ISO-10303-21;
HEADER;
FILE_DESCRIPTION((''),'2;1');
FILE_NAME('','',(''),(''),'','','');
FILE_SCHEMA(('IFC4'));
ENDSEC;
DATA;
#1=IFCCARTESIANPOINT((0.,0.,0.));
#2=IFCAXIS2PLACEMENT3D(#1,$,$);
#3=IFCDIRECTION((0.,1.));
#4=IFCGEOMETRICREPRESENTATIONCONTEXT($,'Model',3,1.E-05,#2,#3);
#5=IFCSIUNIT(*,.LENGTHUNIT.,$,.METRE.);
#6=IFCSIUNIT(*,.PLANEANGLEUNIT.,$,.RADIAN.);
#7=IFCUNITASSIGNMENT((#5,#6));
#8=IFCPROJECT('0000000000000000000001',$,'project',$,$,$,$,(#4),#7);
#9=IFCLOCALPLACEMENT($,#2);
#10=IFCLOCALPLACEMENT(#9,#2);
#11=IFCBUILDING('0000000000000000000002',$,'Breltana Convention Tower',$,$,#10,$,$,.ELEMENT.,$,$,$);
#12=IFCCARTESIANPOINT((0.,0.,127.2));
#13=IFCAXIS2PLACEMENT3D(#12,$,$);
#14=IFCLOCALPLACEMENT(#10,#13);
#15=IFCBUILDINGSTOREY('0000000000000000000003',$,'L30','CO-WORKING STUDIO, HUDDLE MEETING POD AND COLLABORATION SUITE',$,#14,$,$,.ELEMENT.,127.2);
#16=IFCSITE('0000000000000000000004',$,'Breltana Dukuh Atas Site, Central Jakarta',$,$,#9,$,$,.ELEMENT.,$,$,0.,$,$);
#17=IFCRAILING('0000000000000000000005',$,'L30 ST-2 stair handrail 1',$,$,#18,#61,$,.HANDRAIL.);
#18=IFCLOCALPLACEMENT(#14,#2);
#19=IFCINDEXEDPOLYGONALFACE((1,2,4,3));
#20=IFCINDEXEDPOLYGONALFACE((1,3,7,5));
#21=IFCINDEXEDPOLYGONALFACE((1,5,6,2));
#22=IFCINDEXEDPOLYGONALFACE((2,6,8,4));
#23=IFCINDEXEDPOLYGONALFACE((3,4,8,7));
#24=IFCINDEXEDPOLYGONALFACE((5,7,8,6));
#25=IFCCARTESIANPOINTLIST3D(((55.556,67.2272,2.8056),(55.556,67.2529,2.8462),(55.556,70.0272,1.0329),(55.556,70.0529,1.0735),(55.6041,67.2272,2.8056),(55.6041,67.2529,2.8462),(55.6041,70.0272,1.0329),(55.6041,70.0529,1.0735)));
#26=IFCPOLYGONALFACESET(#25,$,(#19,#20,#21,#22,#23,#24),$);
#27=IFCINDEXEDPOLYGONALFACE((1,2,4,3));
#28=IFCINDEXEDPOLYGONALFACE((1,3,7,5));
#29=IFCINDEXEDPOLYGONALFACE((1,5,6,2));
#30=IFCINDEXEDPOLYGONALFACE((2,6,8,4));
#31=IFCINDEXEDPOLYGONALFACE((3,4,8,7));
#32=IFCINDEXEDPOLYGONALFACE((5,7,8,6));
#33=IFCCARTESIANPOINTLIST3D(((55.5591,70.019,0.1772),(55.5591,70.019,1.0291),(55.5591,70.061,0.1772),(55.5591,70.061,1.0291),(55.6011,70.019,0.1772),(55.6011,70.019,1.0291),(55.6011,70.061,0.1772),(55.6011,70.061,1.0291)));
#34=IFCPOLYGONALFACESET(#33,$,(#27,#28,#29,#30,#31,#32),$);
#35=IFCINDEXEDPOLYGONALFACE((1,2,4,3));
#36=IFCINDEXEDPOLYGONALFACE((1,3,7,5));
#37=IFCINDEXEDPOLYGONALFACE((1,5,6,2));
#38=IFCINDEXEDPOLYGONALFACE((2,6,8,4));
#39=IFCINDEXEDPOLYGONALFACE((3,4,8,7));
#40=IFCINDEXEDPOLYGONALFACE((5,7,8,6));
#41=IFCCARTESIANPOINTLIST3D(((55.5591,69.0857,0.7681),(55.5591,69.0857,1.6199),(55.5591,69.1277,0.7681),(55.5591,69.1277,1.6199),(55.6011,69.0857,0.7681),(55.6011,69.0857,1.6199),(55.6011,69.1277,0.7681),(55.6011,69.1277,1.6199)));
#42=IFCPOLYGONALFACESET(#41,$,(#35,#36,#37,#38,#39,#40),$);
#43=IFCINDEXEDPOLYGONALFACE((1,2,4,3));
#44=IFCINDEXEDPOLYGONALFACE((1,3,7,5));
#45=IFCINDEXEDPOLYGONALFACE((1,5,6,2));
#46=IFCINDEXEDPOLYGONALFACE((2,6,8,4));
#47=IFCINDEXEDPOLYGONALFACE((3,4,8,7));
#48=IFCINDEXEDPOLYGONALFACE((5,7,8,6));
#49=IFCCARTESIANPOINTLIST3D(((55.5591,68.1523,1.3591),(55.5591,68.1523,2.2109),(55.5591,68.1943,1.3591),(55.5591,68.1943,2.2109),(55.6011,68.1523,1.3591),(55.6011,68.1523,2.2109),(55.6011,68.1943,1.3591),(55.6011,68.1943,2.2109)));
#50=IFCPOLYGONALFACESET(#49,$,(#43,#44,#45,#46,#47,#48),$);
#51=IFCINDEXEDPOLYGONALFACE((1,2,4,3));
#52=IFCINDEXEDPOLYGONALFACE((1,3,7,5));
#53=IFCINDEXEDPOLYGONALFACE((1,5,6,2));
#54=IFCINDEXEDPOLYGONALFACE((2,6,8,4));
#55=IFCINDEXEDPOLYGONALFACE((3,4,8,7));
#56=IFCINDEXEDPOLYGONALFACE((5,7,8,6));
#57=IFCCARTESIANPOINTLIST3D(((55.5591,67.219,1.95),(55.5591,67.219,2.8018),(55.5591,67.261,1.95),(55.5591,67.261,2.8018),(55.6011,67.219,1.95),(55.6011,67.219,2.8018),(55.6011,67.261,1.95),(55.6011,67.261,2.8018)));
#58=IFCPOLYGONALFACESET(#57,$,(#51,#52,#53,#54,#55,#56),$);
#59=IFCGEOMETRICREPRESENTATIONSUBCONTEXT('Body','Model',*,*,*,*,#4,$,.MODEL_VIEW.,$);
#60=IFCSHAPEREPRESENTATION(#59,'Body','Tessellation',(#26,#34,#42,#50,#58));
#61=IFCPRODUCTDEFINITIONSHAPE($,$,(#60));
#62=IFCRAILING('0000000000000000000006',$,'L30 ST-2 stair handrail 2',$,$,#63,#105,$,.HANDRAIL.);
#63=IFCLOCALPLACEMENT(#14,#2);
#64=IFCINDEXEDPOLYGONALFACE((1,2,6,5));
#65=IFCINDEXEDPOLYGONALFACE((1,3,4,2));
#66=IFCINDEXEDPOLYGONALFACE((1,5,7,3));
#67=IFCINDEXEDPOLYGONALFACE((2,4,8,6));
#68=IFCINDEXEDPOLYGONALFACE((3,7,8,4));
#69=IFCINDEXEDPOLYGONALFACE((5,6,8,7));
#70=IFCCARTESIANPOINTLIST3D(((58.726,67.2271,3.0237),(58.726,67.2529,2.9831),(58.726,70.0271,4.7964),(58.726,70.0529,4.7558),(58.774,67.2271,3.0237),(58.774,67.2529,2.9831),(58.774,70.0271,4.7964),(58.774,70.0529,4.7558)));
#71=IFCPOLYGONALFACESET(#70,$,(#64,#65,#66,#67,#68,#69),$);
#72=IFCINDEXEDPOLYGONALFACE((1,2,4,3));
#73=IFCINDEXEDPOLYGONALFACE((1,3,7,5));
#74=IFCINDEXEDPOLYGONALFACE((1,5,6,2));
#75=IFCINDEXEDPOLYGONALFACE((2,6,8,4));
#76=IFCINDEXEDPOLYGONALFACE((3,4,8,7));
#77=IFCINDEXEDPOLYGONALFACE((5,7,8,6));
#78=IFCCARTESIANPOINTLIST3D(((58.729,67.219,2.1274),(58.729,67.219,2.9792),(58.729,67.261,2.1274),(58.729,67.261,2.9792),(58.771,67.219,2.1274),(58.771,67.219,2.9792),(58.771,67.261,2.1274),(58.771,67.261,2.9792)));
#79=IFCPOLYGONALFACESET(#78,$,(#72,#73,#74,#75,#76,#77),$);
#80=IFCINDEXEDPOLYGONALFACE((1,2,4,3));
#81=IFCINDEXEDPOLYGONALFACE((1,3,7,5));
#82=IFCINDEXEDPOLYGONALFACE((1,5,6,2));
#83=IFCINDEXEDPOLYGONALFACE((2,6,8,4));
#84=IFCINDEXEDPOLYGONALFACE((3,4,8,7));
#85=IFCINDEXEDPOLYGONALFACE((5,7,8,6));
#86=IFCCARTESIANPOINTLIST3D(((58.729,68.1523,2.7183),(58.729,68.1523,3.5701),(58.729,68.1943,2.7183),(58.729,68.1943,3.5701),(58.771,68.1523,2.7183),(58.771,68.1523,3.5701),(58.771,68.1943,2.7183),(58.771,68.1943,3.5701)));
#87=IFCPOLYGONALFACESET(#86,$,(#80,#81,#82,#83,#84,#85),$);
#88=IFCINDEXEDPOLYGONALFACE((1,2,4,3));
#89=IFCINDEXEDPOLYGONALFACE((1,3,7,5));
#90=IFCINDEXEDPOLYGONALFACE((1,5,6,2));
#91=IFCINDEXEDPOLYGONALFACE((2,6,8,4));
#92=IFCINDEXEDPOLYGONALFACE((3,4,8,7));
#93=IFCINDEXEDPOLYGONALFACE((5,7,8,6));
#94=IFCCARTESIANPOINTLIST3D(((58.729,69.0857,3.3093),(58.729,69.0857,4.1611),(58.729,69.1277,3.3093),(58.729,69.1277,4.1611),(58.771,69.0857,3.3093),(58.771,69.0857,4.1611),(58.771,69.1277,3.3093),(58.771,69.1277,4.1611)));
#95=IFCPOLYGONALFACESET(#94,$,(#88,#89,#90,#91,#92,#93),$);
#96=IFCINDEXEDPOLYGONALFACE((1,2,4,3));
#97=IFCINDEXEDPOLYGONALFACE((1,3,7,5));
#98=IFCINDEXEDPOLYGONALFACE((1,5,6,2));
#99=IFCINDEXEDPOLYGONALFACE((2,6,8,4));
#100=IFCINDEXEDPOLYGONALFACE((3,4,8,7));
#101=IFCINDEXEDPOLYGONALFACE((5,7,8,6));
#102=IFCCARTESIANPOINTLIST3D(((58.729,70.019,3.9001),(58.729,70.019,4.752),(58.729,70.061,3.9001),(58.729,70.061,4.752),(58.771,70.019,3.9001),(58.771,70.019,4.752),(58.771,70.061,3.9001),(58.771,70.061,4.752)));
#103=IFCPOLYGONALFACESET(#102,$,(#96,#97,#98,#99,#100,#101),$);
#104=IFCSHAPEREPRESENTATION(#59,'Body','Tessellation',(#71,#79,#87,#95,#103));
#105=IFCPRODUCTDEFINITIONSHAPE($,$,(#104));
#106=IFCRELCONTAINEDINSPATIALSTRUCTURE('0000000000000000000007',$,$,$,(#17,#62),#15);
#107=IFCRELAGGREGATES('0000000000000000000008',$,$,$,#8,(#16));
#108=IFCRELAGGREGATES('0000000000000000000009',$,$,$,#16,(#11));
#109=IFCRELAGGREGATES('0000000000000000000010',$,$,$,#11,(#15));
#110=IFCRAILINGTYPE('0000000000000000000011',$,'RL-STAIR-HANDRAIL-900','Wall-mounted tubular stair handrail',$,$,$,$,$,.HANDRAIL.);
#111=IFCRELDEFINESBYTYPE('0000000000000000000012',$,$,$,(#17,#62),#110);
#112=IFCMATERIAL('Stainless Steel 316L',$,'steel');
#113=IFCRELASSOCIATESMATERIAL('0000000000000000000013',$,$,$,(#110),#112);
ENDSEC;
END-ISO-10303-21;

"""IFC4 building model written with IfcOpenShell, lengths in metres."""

from ifc_helpers import new_model, si_unit, direction, frame, origin, origin_2d, place, context, subcontext, project, spatial, rectangle, extrude, material, type_object, element, save


model = new_model("IFC4")

# Units and contexts
model_context = context("Model", 3, precision=1e-05, world=origin(), true_north=direction((0.0, 1.0)))
body_context = subcontext(model_context, "Body", "Model", "MODEL_VIEW")
ifc_project = project(units=[si_unit("LENGTHUNIT", "METRE"), si_unit("PLANEANGLEUNIT", "RADIAN")], contexts=[model_context])

# Site, building, storey
site_placement = place(None, origin())
site = spatial("IfcSite", under=ifc_project, at=site_placement, Name="Breltana Dukuh Atas Site, Central Jakarta", CompositionType="ELEMENT", RefElevation=0.0)
building_placement = place(site_placement, origin())
building = spatial("IfcBuilding", under=site, at=building_placement, Name="Breltana Convention Tower", CompositionType="ELEMENT")
storey_placement = place(building_placement, frame((0.0, 0.0, 127.2)))
storey = spatial("IfcBuildingStorey", under=building, at=storey_placement, Name="L30", Description="CO-WORKING STUDIO, HUDDLE MEETING POD AND COLLABORATION SUITE", CompositionType="ELEMENT", Elevation=127.2)

# Railings
ifc_material_1 = material(Name="Stainless Steel 316L", Category="steel")
railing_type_1 = type_object("IfcRailingType", Name="RL-STAIR-HANDRAIL-900", Description="Wall-mounted tubular stair handrail", PredefinedType="HANDRAIL", material=ifc_material_1)
railing_1_placement = place(storey_placement, frame((55.5801, 70.04, 0.1772)))
element("IfcRailing", 1, at=railing_1_placement, inside=storey, type_object=railing_type_1, Name="L30 ST-2 stair handrail 1", PredefinedType="HANDRAIL", context=body_context, shape_type="SweptSolid", body=[
    extrude(rectangle(XDim=0.0481, YDim=0.0481, at=origin_2d()), frame((0.0, 0.0, 0.876), z_axis=(0.0, -0.844909, 0.53491), x_axis=(1.0, 0.0, 0.0)), (0.0, 0.0, 1.0), 3.314),
    extrude(rectangle(XDim=0.042, YDim=0.042, at=origin_2d()), origin(), (0.0, 0.0, 1.0), 0.8518),
    extrude(rectangle(XDim=0.042, YDim=0.042, at=origin_2d()), frame((0.0, -0.9333, 0.5908)), (0.0, 0.0, 1.0), 0.8518),
    extrude(rectangle(XDim=0.042, YDim=0.042, at=origin_2d()), frame((0.0, -1.8667, 1.1819)), (0.0, 0.0, 1.0), 0.8518),
    extrude(rectangle(XDim=0.042, YDim=0.042, at=origin_2d()), frame((0.0, -2.8, 1.7727)), (0.0, 0.0, 1.0), 0.8518),
])
railing_2_placement = place(storey_placement, frame((58.75, 67.24, 2.1274)))
element("IfcRailing", 2, at=railing_2_placement, inside=storey, type_object=railing_type_1, Name="L30 ST-2 stair handrail 2", PredefinedType="HANDRAIL", context=body_context, shape_type="SweptSolid", body=[
    extrude(rectangle(XDim=0.0481, YDim=0.0481, at=origin_2d()), frame((0.0, 0.0, 0.876), z_axis=(0.0, 0.844909, 0.53491), x_axis=(-1.0, 0.0, 0.0)), (0.0, 0.0, 1.0), 3.314),
    extrude(rectangle(XDim=0.042, YDim=0.042, at=origin_2d()), origin(), (0.0, 0.0, 1.0), 0.8518),
    extrude(rectangle(XDim=0.042, YDim=0.042, at=origin_2d()), frame((0.0, 0.9333, 0.5908)), (0.0, 0.0, 1.0), 0.8518),
    extrude(rectangle(XDim=0.042, YDim=0.042, at=origin_2d()), frame((0.0, 1.8667, 1.1819)), (0.0, 0.0, 1.0), 0.8518),
    extrude(rectangle(XDim=0.042, YDim=0.042, at=origin_2d()), frame((0.0, 2.8, 1.7727)), (0.0, 0.0, 1.0), 0.8518),
])

save(model, "model.ifc")
